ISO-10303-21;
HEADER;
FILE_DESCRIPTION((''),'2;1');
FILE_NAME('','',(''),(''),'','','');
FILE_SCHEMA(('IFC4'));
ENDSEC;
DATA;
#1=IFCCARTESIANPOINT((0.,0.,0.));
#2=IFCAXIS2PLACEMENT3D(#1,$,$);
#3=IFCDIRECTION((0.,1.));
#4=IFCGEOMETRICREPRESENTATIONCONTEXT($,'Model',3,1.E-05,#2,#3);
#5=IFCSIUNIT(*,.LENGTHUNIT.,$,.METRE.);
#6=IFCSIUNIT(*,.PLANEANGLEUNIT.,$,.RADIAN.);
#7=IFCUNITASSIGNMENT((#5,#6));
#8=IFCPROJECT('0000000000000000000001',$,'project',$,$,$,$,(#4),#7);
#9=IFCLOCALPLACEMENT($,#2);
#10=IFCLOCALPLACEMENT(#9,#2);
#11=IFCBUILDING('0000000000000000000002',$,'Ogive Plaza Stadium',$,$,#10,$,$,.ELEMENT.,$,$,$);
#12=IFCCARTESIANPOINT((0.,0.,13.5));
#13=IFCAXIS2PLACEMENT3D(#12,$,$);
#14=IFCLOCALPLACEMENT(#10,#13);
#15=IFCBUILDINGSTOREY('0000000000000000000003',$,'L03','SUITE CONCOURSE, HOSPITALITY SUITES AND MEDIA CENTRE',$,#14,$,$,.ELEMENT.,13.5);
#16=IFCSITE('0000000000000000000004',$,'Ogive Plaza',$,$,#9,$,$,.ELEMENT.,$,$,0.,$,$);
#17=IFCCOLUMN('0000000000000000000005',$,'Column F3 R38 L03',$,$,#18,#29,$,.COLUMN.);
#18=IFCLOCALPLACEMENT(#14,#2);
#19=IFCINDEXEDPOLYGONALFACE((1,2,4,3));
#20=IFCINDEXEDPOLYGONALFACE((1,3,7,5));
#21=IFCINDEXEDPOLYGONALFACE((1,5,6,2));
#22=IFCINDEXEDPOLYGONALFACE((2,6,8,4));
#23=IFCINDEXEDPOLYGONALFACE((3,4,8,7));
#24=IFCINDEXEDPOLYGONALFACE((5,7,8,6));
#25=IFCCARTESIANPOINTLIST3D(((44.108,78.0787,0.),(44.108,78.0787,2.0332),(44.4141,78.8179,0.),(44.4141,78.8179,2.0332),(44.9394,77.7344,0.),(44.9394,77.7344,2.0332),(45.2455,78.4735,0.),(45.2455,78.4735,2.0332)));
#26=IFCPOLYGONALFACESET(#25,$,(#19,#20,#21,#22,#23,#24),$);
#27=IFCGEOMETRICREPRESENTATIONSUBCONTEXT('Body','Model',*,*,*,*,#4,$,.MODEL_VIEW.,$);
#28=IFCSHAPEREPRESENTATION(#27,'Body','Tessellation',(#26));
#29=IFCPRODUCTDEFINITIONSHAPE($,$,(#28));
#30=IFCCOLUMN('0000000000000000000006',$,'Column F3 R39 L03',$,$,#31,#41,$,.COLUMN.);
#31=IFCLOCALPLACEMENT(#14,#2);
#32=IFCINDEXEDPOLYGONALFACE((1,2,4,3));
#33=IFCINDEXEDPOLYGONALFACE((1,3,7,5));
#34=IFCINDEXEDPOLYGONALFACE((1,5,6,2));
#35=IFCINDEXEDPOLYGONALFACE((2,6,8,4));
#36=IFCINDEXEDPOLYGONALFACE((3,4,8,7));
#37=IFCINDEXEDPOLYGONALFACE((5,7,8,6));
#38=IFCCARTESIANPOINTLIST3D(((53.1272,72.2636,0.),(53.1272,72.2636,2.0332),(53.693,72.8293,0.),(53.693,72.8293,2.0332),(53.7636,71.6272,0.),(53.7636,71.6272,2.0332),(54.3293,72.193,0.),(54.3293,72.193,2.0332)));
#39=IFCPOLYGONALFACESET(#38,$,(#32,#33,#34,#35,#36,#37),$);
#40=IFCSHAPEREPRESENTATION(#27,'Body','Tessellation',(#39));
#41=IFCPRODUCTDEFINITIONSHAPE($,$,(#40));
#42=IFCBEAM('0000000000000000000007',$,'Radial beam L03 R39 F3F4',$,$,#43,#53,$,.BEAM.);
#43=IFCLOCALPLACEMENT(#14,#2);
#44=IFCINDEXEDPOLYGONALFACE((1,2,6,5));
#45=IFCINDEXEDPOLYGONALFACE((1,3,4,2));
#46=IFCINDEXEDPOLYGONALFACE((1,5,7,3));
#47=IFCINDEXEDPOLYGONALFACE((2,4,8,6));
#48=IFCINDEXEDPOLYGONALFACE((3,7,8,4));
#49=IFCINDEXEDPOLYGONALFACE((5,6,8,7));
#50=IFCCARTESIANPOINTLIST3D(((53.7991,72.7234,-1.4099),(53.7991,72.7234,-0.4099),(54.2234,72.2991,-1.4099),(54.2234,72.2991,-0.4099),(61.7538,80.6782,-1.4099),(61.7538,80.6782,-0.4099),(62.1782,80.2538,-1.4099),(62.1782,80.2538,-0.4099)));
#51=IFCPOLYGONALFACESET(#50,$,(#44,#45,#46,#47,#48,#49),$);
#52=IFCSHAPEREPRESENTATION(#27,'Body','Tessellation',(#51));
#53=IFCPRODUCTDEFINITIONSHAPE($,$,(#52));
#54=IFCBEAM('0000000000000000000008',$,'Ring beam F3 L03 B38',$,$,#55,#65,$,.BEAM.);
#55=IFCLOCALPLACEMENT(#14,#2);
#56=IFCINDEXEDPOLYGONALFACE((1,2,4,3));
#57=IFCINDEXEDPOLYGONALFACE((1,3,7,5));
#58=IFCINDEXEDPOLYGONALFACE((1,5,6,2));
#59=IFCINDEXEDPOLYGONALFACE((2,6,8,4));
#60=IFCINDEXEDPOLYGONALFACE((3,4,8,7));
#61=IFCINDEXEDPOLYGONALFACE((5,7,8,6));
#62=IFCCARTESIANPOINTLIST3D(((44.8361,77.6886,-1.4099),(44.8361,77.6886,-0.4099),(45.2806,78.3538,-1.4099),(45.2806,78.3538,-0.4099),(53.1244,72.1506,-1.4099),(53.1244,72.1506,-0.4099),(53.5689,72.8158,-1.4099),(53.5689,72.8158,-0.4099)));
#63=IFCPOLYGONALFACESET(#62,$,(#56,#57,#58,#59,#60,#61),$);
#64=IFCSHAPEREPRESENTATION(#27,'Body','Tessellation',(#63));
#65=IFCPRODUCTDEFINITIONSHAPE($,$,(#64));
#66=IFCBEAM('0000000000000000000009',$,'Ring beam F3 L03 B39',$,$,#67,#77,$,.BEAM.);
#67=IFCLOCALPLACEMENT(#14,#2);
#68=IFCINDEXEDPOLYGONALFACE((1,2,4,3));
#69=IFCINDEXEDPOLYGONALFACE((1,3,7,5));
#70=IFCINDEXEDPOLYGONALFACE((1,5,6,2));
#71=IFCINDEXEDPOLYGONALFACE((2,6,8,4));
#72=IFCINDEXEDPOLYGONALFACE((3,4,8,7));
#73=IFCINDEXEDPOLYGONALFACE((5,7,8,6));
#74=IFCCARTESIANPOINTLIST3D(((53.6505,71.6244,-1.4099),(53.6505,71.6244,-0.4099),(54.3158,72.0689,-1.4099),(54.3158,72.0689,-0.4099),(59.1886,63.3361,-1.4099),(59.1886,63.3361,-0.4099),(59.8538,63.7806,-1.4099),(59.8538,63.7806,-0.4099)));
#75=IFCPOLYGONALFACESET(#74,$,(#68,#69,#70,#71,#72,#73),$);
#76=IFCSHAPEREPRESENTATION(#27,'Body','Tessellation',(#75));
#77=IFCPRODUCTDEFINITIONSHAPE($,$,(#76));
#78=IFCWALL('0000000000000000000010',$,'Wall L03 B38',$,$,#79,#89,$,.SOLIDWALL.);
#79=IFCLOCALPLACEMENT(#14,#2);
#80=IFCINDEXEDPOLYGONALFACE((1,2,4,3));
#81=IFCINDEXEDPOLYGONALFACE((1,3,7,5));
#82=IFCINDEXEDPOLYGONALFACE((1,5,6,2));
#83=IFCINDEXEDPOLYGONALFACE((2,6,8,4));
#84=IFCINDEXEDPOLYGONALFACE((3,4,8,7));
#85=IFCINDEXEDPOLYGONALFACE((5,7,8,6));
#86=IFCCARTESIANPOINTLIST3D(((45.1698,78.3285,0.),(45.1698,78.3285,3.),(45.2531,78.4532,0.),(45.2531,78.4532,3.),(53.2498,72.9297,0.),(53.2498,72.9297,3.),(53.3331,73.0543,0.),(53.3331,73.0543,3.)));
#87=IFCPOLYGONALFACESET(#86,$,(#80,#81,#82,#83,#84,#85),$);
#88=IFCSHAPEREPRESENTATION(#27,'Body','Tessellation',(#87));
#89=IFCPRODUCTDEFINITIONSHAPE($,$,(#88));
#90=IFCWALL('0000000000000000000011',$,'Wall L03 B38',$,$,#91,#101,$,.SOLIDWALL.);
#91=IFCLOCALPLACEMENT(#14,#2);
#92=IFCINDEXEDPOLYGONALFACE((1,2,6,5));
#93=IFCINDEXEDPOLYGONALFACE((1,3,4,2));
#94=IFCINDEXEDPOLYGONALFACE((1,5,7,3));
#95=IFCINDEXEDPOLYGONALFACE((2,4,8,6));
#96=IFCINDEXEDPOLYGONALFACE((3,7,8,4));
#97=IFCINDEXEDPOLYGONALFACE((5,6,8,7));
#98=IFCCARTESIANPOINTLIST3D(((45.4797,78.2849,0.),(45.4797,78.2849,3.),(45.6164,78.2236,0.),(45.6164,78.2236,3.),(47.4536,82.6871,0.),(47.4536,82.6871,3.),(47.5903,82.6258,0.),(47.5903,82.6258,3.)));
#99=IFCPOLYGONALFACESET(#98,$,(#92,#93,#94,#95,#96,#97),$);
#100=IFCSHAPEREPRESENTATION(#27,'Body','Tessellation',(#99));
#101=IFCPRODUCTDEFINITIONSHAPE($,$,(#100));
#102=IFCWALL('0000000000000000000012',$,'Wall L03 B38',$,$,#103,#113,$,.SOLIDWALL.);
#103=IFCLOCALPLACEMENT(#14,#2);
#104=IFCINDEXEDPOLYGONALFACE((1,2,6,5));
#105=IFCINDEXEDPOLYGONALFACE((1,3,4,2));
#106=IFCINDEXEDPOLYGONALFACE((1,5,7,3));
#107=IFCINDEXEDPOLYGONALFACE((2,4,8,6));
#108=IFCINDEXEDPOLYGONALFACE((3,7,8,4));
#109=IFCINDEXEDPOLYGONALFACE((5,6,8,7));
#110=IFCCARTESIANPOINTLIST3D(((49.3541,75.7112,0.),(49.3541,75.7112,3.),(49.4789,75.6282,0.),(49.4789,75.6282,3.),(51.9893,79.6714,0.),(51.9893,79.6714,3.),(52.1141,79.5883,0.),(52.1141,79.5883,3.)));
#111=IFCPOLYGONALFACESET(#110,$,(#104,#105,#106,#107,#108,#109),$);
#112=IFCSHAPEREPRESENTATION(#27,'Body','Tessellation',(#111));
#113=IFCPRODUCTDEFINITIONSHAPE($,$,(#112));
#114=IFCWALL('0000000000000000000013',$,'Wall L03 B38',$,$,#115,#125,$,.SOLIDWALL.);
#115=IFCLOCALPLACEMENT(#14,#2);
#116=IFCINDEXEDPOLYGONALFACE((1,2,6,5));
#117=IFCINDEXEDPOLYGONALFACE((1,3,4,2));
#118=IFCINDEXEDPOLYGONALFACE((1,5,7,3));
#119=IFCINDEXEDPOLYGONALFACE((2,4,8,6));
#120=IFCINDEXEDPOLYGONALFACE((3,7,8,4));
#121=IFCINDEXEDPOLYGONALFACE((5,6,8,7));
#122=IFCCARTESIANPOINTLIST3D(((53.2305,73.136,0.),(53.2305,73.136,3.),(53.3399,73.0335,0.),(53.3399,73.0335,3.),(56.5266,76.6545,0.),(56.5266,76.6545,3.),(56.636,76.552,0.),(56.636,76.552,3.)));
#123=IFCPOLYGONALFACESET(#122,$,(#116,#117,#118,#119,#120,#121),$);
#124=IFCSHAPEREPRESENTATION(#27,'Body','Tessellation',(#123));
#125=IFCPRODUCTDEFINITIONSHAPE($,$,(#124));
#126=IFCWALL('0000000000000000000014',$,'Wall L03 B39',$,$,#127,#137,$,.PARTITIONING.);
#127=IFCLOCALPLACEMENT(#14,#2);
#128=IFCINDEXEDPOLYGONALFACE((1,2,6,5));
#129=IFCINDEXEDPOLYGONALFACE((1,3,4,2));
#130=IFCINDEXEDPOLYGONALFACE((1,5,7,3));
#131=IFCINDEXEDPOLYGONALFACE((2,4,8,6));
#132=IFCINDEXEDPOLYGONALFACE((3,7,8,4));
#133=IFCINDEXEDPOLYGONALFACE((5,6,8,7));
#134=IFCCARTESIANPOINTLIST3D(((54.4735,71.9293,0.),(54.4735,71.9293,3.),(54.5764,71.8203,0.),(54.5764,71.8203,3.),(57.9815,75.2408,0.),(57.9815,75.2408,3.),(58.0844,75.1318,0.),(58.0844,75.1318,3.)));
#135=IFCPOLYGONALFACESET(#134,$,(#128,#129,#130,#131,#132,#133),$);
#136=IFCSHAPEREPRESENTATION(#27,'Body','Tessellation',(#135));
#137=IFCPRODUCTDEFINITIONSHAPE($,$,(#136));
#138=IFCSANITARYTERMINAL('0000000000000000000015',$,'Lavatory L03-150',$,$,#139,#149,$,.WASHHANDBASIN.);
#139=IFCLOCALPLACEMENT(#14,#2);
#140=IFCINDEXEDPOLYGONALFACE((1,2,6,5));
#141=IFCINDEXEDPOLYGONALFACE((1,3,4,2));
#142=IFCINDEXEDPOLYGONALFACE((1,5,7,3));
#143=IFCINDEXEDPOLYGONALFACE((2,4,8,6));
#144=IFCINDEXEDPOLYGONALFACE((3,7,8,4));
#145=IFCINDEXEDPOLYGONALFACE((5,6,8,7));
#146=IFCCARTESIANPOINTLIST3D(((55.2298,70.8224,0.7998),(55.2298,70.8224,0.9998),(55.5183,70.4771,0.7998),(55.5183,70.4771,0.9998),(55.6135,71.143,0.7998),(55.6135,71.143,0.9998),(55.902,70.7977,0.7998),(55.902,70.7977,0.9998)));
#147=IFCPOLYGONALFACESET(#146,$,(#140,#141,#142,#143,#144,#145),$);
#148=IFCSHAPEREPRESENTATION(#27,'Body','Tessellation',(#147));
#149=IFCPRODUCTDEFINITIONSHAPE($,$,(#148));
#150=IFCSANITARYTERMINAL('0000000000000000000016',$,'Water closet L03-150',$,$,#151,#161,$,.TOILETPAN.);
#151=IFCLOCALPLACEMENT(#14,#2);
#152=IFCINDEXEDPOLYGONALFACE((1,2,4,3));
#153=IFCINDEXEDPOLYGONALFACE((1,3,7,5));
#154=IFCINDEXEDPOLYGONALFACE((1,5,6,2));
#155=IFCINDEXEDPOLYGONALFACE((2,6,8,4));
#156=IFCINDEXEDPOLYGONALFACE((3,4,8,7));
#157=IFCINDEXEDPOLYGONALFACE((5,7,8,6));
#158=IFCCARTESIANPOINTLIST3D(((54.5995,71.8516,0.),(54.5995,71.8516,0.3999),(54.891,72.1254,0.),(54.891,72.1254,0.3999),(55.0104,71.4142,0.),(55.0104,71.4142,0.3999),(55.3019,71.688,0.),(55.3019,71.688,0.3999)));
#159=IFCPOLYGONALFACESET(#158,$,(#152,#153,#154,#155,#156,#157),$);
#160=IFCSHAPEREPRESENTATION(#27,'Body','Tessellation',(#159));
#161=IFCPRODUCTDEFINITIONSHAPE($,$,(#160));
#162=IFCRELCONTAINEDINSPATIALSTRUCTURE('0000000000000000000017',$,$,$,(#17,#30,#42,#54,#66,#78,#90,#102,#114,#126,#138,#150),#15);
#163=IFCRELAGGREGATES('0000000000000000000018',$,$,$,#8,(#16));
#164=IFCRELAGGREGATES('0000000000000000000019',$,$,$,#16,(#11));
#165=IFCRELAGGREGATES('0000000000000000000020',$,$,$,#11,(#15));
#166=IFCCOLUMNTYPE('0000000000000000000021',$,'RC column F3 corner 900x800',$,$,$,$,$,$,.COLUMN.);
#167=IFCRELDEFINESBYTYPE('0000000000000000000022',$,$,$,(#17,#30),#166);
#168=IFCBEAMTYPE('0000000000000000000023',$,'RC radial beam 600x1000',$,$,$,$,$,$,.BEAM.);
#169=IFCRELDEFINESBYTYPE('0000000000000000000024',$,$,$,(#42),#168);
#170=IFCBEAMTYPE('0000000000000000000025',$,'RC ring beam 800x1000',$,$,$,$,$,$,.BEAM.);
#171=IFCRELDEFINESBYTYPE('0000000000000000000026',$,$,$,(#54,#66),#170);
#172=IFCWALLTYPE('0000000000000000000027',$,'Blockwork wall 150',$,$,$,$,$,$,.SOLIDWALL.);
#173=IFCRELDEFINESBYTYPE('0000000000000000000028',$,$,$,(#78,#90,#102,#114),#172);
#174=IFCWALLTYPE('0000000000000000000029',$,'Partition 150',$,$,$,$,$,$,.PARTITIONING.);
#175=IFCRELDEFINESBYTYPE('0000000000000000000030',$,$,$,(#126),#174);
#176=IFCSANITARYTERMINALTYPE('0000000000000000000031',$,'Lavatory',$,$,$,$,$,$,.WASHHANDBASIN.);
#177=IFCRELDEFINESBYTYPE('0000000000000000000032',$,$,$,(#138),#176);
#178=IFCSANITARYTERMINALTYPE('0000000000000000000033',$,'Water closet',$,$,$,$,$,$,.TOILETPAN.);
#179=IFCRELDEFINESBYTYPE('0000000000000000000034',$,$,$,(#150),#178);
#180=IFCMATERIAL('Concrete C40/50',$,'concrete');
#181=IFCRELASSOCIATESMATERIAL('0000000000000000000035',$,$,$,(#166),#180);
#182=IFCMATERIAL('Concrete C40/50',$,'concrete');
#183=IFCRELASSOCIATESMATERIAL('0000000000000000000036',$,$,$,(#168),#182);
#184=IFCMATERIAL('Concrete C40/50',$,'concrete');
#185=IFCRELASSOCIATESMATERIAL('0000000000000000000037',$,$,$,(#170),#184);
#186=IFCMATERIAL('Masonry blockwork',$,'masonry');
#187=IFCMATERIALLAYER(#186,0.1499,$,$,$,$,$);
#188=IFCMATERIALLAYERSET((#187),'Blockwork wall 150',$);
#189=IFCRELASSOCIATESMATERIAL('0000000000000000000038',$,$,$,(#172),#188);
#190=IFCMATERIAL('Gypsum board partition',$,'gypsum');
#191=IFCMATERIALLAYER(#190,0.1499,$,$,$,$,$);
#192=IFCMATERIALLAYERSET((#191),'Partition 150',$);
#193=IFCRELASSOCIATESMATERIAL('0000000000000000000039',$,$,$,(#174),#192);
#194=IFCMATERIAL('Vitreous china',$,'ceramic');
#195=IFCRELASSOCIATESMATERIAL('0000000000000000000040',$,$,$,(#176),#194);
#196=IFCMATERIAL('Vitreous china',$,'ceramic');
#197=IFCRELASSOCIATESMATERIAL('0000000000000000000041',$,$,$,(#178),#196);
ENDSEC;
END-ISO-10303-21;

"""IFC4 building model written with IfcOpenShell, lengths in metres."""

from ifc_helpers import new_model, si_unit, direction, frame, frame_2d, origin, origin_2d, place, context, subcontext, project, spatial, rectangle, extrude, material, layer, layer_set, material_profile, profile_set, type_object, element, save


model = new_model("IFC4")

# Units and contexts
model_context = context("Model", 3, precision=1e-05, world=origin(), true_north=direction((0.0, 1.0)))
body_context = subcontext(model_context, "Body", "Model", "MODEL_VIEW")
ifc_project = project(units=[si_unit("LENGTHUNIT", "METRE"), si_unit("PLANEANGLEUNIT", "RADIAN")], contexts=[model_context])

# Site, building, storey
site_placement = place(None, origin())
site = spatial("IfcSite", under=ifc_project, at=site_placement, Name="Ogive Plaza", CompositionType="ELEMENT", RefElevation=0.0)
building_placement = place(site_placement, origin())
building = spatial("IfcBuilding", under=site, at=building_placement, Name="Ogive Plaza Stadium", CompositionType="ELEMENT")
storey_placement = place(building_placement, frame((0.0, 0.0, 13.5)))
storey = spatial("IfcBuildingStorey", under=building, at=storey_placement, Name="L03", Description="SUITE CONCOURSE, HOSPITALITY SUITES AND MEDIA CENTRE", CompositionType="ELEMENT", Elevation=13.5)

# Columns
ifc_material_1 = material(Name="Concrete C40/50", Category="concrete")
ifc_material_profile_1 = material_profile(ifc_material_1, rectangle(XDim=0.8999, YDim=0.8, at=origin_2d()), Name="RC 900x800")
ifc_profile_set_1 = profile_set([ifc_material_profile_1], Name="Concrete C40/50")
column_type = type_object("IfcColumnType", Name="RC column F3 corner 900x800", PredefinedType="COLUMN", material=ifc_profile_set_1)
for number, where, z_axis, x_axis, name in (
    (1, (44.6768, 78.2761, 0.0), (0.0, 0.0, 1.0), (-0.92388, 0.382683, 0.0), "Column F3 R38 L03"),
    (2, (53.7283, 72.2283, 0.0), (0.0, 0.0, 1.0), (-0.707107, 0.707107, 0.0), "Column F3 R39 L03"),
):
    element("IfcColumn", number, at=place(storey_placement, frame(where, z_axis=z_axis, x_axis=x_axis)), inside=storey, type_object=column_type, Name=name, PredefinedType="COLUMN", context=body_context, shape_type="SweptSolid", body=[
        extrude(rectangle(XDim=0.8999, YDim=0.8, at=origin_2d()), origin(), (0.0, 0.0, 1.0), 2.0332),
    ])

# Beams
ifc_material_2 = material(Name="Concrete C40/50", Category="concrete")
ifc_material_profile_2 = material_profile(ifc_material_2, rectangle(XDim=0.6001, YDim=1.0, at=origin_2d()), Name="RC 600x1000")
ifc_profile_set_2 = profile_set([ifc_material_profile_2], Name="Concrete C40/50")
beam_type_1 = type_object("IfcBeamType", Name="RC radial beam 600x1000", PredefinedType="BEAM", material=ifc_profile_set_2)
beam_placement = place(storey_placement, frame((54.0112, 72.5112, -0.9099), z_axis=(0.707107, 0.707107, 0.0), x_axis=(-0.707107, 0.707107, 0.0)))
element("IfcBeam", 3, at=beam_placement, inside=storey, type_object=beam_type_1, Name="Radial beam L03 R39 F3F4", PredefinedType="BEAM", context=body_context, shape_type="SweptSolid", body=[
    extrude(rectangle(XDim=0.6001, YDim=1.0, at=origin_2d()), origin(), (0.0, 0.0, 1.0), 11.2498),
])
ifc_material_3 = material(Name="Concrete C40/50", Category="concrete")
ifc_material_profile_3 = material_profile(ifc_material_3, rectangle(XDim=0.8, YDim=1.0, at=origin_2d()), Name="RC 800x1000")
ifc_profile_set_3 = profile_set([ifc_material_profile_3], Name="Concrete C40/50")
beam_type_2 = type_object("IfcBeamType", Name="RC ring beam 800x1000", PredefinedType="BEAM", material=ifc_profile_set_3)
for number, where, z_axis, x_axis, name in (
    (4, (45.0583, 78.0212, -0.9099), (0.83147, -0.55557, 0.0), (0.55557, 0.83147, 0.0), "Ring beam F3 L03 B38"),
    (5, (53.9832, 71.8467, -0.9099), (0.55557, -0.83147, 0.0), (0.83147, 0.55557, 0.0), "Ring beam F3 L03 B39"),
):
    element("IfcBeam", number, at=place(storey_placement, frame(where, z_axis=z_axis, x_axis=x_axis)), inside=storey, type_object=beam_type_2, Name=name, PredefinedType="BEAM", context=body_context, shape_type="SweptSolid", body=[
        extrude(rectangle(XDim=0.8, YDim=1.0, at=origin_2d()), origin(), (0.0, 0.0, 1.0), 9.9683),
    ])

# Walls
ifc_material_4 = material(Name="Masonry blockwork", Category="masonry")
ifc_layer_1 = layer(ifc_material_4, 0.1499)
ifc_layer_set_1 = layer_set([ifc_layer_1], Name="Blockwork wall 150")
wall_type_1 = type_object("IfcWallType", Name="Blockwork wall 150", PredefinedType="SOLIDWALL", material=ifc_layer_set_1)
wall_1_placement = place(storey_placement, frame((45.2114, 78.3909, 0.0), z_axis=(0.0, 0.0, 1.0), x_axis=(0.83147, -0.55557, 0.0)))
element("IfcWall", 6, at=wall_1_placement, inside=storey, type_object=wall_type_1, Name="Wall L03 B38", PredefinedType="SOLIDWALL", context=body_context, shape_type="SweptSolid", body=[
    extrude(rectangle(XDim=9.7178, YDim=0.1499, at=frame_2d((4.8589, 0.0))), origin(), (0.0, 0.0, 1.0), 3.0),
])
wall_2_placement = place(storey_placement, frame((45.5481, 78.2544, 0.0), z_axis=(0.0, 0.0, 1.0), x_axis=(0.409146, 0.912469, 0.0)))
element("IfcWall", 7, at=wall_2_placement, inside=storey, type_object=wall_type_1, Name="Wall L03 B38", PredefinedType="SOLIDWALL", context=body_context, shape_type="SweptSolid", body=[
    extrude(rectangle(XDim=4.8245, YDim=0.1499, at=frame_2d((2.4121, 0.0))), origin(), (0.0, 0.0, 1.0), 3.0),
])
wall_3_placement = place(storey_placement, frame((49.4165, 75.6697, 0.0), z_axis=(0.0, 0.0, 1.0), x_axis=(0.553989, 0.832524, 0.0)))
element("IfcWall", 8, at=wall_3_placement, inside=storey, type_object=wall_type_1, Name="Wall L03 B38", PredefinedType="SOLIDWALL", context=body_context, shape_type="SweptSolid", body=[
    extrude(rectangle(XDim=4.7568, YDim=0.1499, at=frame_2d((2.3784, 0.0))), origin(), (0.0, 0.0, 1.0), 3.0),
])
wall_4_placement = place(storey_placement, frame((53.2852, 73.0847, 0.0), z_axis=(0.0, 0.0, 1.0), x_axis=(0.683665, 0.729796, 0.0)))
element("IfcWall", 9, at=wall_4_placement, inside=storey, type_object=wall_type_1, Name="Wall L03 B38", PredefinedType="SOLIDWALL", context=body_context, shape_type="SweptSolid", body=[
    extrude(rectangle(XDim=4.8213, YDim=0.1499, at=frame_2d((2.4106, 0.0))), origin(), (0.0, 0.0, 1.0), 3.0),
])
ifc_material_5 = material(Name="Gypsum board partition", Category="gypsum")
ifc_layer_2 = layer(ifc_material_5, 0.1499)
ifc_layer_set_2 = layer_set([ifc_layer_2], Name="Partition 150")
wall_type_2 = type_object("IfcWallType", Name="Partition 150", PredefinedType="PARTITIONING", material=ifc_layer_set_2)
wall_5_placement = place(storey_placement, frame((54.5249, 71.8748, 0.0), z_axis=(0.0, 0.0, 1.0), x_axis=(0.727183, 0.686444, 0.0)))
element("IfcWall", 10, at=wall_5_placement, inside=storey, type_object=wall_type_2, Name="Wall L03 B39", PredefinedType="PARTITIONING", context=body_context, shape_type="SweptSolid", body=[
    extrude(rectangle(XDim=4.8242, YDim=0.1499, at=frame_2d((2.4121, 0.0))), origin(), (0.0, 0.0, 1.0), 3.0),
])

# Sanitary terminals
ifc_material_6 = material(Name="Vitreous china", Category="ceramic")
sanitary_terminal_type_1 = type_object("IfcSanitaryTerminalType", Name="Lavatory", PredefinedType="WASHHANDBASIN", material=ifc_material_6)
sanitary_terminal_1_placement = place(storey_placement, frame((55.5659, 70.8101, 0.7998), z_axis=(0.0, 0.0, 1.0), x_axis=(0.767428, 0.641135, 0.0)))
element("IfcSanitaryTerminal", 11, at=sanitary_terminal_1_placement, inside=storey, type_object=sanitary_terminal_type_1, Name="Lavatory L03-150", PredefinedType="WASHHANDBASIN", context=body_context, shape_type="SweptSolid", body=[
    extrude(rectangle(XDim=0.5, YDim=0.45, at=origin_2d()), origin(), (0.0, 0.0, 1.0), 0.2),
])
ifc_material_7 = material(Name="Vitreous china", Category="ceramic")
sanitary_terminal_type_2 = type_object("IfcSanitaryTerminalType", Name="Water closet", PredefinedType="TOILETPAN", material=ifc_material_7)
sanitary_terminal_2_placement = place(storey_placement, frame((54.9507, 71.7698, 0.0), z_axis=(0.0, 0.0, 1.0), x_axis=(0.728842, 0.684682, 0.0)))
element("IfcSanitaryTerminal", 12, at=sanitary_terminal_2_placement, inside=storey, type_object=sanitary_terminal_type_2, Name="Water closet L03-150", PredefinedType="TOILETPAN", context=body_context, shape_type="SweptSolid", body=[
    extrude(rectangle(XDim=0.3999, YDim=0.6001, at=origin_2d()), origin(), (0.0, 0.0, 1.0), 0.3999),
])

save(model, "model.ifc")
